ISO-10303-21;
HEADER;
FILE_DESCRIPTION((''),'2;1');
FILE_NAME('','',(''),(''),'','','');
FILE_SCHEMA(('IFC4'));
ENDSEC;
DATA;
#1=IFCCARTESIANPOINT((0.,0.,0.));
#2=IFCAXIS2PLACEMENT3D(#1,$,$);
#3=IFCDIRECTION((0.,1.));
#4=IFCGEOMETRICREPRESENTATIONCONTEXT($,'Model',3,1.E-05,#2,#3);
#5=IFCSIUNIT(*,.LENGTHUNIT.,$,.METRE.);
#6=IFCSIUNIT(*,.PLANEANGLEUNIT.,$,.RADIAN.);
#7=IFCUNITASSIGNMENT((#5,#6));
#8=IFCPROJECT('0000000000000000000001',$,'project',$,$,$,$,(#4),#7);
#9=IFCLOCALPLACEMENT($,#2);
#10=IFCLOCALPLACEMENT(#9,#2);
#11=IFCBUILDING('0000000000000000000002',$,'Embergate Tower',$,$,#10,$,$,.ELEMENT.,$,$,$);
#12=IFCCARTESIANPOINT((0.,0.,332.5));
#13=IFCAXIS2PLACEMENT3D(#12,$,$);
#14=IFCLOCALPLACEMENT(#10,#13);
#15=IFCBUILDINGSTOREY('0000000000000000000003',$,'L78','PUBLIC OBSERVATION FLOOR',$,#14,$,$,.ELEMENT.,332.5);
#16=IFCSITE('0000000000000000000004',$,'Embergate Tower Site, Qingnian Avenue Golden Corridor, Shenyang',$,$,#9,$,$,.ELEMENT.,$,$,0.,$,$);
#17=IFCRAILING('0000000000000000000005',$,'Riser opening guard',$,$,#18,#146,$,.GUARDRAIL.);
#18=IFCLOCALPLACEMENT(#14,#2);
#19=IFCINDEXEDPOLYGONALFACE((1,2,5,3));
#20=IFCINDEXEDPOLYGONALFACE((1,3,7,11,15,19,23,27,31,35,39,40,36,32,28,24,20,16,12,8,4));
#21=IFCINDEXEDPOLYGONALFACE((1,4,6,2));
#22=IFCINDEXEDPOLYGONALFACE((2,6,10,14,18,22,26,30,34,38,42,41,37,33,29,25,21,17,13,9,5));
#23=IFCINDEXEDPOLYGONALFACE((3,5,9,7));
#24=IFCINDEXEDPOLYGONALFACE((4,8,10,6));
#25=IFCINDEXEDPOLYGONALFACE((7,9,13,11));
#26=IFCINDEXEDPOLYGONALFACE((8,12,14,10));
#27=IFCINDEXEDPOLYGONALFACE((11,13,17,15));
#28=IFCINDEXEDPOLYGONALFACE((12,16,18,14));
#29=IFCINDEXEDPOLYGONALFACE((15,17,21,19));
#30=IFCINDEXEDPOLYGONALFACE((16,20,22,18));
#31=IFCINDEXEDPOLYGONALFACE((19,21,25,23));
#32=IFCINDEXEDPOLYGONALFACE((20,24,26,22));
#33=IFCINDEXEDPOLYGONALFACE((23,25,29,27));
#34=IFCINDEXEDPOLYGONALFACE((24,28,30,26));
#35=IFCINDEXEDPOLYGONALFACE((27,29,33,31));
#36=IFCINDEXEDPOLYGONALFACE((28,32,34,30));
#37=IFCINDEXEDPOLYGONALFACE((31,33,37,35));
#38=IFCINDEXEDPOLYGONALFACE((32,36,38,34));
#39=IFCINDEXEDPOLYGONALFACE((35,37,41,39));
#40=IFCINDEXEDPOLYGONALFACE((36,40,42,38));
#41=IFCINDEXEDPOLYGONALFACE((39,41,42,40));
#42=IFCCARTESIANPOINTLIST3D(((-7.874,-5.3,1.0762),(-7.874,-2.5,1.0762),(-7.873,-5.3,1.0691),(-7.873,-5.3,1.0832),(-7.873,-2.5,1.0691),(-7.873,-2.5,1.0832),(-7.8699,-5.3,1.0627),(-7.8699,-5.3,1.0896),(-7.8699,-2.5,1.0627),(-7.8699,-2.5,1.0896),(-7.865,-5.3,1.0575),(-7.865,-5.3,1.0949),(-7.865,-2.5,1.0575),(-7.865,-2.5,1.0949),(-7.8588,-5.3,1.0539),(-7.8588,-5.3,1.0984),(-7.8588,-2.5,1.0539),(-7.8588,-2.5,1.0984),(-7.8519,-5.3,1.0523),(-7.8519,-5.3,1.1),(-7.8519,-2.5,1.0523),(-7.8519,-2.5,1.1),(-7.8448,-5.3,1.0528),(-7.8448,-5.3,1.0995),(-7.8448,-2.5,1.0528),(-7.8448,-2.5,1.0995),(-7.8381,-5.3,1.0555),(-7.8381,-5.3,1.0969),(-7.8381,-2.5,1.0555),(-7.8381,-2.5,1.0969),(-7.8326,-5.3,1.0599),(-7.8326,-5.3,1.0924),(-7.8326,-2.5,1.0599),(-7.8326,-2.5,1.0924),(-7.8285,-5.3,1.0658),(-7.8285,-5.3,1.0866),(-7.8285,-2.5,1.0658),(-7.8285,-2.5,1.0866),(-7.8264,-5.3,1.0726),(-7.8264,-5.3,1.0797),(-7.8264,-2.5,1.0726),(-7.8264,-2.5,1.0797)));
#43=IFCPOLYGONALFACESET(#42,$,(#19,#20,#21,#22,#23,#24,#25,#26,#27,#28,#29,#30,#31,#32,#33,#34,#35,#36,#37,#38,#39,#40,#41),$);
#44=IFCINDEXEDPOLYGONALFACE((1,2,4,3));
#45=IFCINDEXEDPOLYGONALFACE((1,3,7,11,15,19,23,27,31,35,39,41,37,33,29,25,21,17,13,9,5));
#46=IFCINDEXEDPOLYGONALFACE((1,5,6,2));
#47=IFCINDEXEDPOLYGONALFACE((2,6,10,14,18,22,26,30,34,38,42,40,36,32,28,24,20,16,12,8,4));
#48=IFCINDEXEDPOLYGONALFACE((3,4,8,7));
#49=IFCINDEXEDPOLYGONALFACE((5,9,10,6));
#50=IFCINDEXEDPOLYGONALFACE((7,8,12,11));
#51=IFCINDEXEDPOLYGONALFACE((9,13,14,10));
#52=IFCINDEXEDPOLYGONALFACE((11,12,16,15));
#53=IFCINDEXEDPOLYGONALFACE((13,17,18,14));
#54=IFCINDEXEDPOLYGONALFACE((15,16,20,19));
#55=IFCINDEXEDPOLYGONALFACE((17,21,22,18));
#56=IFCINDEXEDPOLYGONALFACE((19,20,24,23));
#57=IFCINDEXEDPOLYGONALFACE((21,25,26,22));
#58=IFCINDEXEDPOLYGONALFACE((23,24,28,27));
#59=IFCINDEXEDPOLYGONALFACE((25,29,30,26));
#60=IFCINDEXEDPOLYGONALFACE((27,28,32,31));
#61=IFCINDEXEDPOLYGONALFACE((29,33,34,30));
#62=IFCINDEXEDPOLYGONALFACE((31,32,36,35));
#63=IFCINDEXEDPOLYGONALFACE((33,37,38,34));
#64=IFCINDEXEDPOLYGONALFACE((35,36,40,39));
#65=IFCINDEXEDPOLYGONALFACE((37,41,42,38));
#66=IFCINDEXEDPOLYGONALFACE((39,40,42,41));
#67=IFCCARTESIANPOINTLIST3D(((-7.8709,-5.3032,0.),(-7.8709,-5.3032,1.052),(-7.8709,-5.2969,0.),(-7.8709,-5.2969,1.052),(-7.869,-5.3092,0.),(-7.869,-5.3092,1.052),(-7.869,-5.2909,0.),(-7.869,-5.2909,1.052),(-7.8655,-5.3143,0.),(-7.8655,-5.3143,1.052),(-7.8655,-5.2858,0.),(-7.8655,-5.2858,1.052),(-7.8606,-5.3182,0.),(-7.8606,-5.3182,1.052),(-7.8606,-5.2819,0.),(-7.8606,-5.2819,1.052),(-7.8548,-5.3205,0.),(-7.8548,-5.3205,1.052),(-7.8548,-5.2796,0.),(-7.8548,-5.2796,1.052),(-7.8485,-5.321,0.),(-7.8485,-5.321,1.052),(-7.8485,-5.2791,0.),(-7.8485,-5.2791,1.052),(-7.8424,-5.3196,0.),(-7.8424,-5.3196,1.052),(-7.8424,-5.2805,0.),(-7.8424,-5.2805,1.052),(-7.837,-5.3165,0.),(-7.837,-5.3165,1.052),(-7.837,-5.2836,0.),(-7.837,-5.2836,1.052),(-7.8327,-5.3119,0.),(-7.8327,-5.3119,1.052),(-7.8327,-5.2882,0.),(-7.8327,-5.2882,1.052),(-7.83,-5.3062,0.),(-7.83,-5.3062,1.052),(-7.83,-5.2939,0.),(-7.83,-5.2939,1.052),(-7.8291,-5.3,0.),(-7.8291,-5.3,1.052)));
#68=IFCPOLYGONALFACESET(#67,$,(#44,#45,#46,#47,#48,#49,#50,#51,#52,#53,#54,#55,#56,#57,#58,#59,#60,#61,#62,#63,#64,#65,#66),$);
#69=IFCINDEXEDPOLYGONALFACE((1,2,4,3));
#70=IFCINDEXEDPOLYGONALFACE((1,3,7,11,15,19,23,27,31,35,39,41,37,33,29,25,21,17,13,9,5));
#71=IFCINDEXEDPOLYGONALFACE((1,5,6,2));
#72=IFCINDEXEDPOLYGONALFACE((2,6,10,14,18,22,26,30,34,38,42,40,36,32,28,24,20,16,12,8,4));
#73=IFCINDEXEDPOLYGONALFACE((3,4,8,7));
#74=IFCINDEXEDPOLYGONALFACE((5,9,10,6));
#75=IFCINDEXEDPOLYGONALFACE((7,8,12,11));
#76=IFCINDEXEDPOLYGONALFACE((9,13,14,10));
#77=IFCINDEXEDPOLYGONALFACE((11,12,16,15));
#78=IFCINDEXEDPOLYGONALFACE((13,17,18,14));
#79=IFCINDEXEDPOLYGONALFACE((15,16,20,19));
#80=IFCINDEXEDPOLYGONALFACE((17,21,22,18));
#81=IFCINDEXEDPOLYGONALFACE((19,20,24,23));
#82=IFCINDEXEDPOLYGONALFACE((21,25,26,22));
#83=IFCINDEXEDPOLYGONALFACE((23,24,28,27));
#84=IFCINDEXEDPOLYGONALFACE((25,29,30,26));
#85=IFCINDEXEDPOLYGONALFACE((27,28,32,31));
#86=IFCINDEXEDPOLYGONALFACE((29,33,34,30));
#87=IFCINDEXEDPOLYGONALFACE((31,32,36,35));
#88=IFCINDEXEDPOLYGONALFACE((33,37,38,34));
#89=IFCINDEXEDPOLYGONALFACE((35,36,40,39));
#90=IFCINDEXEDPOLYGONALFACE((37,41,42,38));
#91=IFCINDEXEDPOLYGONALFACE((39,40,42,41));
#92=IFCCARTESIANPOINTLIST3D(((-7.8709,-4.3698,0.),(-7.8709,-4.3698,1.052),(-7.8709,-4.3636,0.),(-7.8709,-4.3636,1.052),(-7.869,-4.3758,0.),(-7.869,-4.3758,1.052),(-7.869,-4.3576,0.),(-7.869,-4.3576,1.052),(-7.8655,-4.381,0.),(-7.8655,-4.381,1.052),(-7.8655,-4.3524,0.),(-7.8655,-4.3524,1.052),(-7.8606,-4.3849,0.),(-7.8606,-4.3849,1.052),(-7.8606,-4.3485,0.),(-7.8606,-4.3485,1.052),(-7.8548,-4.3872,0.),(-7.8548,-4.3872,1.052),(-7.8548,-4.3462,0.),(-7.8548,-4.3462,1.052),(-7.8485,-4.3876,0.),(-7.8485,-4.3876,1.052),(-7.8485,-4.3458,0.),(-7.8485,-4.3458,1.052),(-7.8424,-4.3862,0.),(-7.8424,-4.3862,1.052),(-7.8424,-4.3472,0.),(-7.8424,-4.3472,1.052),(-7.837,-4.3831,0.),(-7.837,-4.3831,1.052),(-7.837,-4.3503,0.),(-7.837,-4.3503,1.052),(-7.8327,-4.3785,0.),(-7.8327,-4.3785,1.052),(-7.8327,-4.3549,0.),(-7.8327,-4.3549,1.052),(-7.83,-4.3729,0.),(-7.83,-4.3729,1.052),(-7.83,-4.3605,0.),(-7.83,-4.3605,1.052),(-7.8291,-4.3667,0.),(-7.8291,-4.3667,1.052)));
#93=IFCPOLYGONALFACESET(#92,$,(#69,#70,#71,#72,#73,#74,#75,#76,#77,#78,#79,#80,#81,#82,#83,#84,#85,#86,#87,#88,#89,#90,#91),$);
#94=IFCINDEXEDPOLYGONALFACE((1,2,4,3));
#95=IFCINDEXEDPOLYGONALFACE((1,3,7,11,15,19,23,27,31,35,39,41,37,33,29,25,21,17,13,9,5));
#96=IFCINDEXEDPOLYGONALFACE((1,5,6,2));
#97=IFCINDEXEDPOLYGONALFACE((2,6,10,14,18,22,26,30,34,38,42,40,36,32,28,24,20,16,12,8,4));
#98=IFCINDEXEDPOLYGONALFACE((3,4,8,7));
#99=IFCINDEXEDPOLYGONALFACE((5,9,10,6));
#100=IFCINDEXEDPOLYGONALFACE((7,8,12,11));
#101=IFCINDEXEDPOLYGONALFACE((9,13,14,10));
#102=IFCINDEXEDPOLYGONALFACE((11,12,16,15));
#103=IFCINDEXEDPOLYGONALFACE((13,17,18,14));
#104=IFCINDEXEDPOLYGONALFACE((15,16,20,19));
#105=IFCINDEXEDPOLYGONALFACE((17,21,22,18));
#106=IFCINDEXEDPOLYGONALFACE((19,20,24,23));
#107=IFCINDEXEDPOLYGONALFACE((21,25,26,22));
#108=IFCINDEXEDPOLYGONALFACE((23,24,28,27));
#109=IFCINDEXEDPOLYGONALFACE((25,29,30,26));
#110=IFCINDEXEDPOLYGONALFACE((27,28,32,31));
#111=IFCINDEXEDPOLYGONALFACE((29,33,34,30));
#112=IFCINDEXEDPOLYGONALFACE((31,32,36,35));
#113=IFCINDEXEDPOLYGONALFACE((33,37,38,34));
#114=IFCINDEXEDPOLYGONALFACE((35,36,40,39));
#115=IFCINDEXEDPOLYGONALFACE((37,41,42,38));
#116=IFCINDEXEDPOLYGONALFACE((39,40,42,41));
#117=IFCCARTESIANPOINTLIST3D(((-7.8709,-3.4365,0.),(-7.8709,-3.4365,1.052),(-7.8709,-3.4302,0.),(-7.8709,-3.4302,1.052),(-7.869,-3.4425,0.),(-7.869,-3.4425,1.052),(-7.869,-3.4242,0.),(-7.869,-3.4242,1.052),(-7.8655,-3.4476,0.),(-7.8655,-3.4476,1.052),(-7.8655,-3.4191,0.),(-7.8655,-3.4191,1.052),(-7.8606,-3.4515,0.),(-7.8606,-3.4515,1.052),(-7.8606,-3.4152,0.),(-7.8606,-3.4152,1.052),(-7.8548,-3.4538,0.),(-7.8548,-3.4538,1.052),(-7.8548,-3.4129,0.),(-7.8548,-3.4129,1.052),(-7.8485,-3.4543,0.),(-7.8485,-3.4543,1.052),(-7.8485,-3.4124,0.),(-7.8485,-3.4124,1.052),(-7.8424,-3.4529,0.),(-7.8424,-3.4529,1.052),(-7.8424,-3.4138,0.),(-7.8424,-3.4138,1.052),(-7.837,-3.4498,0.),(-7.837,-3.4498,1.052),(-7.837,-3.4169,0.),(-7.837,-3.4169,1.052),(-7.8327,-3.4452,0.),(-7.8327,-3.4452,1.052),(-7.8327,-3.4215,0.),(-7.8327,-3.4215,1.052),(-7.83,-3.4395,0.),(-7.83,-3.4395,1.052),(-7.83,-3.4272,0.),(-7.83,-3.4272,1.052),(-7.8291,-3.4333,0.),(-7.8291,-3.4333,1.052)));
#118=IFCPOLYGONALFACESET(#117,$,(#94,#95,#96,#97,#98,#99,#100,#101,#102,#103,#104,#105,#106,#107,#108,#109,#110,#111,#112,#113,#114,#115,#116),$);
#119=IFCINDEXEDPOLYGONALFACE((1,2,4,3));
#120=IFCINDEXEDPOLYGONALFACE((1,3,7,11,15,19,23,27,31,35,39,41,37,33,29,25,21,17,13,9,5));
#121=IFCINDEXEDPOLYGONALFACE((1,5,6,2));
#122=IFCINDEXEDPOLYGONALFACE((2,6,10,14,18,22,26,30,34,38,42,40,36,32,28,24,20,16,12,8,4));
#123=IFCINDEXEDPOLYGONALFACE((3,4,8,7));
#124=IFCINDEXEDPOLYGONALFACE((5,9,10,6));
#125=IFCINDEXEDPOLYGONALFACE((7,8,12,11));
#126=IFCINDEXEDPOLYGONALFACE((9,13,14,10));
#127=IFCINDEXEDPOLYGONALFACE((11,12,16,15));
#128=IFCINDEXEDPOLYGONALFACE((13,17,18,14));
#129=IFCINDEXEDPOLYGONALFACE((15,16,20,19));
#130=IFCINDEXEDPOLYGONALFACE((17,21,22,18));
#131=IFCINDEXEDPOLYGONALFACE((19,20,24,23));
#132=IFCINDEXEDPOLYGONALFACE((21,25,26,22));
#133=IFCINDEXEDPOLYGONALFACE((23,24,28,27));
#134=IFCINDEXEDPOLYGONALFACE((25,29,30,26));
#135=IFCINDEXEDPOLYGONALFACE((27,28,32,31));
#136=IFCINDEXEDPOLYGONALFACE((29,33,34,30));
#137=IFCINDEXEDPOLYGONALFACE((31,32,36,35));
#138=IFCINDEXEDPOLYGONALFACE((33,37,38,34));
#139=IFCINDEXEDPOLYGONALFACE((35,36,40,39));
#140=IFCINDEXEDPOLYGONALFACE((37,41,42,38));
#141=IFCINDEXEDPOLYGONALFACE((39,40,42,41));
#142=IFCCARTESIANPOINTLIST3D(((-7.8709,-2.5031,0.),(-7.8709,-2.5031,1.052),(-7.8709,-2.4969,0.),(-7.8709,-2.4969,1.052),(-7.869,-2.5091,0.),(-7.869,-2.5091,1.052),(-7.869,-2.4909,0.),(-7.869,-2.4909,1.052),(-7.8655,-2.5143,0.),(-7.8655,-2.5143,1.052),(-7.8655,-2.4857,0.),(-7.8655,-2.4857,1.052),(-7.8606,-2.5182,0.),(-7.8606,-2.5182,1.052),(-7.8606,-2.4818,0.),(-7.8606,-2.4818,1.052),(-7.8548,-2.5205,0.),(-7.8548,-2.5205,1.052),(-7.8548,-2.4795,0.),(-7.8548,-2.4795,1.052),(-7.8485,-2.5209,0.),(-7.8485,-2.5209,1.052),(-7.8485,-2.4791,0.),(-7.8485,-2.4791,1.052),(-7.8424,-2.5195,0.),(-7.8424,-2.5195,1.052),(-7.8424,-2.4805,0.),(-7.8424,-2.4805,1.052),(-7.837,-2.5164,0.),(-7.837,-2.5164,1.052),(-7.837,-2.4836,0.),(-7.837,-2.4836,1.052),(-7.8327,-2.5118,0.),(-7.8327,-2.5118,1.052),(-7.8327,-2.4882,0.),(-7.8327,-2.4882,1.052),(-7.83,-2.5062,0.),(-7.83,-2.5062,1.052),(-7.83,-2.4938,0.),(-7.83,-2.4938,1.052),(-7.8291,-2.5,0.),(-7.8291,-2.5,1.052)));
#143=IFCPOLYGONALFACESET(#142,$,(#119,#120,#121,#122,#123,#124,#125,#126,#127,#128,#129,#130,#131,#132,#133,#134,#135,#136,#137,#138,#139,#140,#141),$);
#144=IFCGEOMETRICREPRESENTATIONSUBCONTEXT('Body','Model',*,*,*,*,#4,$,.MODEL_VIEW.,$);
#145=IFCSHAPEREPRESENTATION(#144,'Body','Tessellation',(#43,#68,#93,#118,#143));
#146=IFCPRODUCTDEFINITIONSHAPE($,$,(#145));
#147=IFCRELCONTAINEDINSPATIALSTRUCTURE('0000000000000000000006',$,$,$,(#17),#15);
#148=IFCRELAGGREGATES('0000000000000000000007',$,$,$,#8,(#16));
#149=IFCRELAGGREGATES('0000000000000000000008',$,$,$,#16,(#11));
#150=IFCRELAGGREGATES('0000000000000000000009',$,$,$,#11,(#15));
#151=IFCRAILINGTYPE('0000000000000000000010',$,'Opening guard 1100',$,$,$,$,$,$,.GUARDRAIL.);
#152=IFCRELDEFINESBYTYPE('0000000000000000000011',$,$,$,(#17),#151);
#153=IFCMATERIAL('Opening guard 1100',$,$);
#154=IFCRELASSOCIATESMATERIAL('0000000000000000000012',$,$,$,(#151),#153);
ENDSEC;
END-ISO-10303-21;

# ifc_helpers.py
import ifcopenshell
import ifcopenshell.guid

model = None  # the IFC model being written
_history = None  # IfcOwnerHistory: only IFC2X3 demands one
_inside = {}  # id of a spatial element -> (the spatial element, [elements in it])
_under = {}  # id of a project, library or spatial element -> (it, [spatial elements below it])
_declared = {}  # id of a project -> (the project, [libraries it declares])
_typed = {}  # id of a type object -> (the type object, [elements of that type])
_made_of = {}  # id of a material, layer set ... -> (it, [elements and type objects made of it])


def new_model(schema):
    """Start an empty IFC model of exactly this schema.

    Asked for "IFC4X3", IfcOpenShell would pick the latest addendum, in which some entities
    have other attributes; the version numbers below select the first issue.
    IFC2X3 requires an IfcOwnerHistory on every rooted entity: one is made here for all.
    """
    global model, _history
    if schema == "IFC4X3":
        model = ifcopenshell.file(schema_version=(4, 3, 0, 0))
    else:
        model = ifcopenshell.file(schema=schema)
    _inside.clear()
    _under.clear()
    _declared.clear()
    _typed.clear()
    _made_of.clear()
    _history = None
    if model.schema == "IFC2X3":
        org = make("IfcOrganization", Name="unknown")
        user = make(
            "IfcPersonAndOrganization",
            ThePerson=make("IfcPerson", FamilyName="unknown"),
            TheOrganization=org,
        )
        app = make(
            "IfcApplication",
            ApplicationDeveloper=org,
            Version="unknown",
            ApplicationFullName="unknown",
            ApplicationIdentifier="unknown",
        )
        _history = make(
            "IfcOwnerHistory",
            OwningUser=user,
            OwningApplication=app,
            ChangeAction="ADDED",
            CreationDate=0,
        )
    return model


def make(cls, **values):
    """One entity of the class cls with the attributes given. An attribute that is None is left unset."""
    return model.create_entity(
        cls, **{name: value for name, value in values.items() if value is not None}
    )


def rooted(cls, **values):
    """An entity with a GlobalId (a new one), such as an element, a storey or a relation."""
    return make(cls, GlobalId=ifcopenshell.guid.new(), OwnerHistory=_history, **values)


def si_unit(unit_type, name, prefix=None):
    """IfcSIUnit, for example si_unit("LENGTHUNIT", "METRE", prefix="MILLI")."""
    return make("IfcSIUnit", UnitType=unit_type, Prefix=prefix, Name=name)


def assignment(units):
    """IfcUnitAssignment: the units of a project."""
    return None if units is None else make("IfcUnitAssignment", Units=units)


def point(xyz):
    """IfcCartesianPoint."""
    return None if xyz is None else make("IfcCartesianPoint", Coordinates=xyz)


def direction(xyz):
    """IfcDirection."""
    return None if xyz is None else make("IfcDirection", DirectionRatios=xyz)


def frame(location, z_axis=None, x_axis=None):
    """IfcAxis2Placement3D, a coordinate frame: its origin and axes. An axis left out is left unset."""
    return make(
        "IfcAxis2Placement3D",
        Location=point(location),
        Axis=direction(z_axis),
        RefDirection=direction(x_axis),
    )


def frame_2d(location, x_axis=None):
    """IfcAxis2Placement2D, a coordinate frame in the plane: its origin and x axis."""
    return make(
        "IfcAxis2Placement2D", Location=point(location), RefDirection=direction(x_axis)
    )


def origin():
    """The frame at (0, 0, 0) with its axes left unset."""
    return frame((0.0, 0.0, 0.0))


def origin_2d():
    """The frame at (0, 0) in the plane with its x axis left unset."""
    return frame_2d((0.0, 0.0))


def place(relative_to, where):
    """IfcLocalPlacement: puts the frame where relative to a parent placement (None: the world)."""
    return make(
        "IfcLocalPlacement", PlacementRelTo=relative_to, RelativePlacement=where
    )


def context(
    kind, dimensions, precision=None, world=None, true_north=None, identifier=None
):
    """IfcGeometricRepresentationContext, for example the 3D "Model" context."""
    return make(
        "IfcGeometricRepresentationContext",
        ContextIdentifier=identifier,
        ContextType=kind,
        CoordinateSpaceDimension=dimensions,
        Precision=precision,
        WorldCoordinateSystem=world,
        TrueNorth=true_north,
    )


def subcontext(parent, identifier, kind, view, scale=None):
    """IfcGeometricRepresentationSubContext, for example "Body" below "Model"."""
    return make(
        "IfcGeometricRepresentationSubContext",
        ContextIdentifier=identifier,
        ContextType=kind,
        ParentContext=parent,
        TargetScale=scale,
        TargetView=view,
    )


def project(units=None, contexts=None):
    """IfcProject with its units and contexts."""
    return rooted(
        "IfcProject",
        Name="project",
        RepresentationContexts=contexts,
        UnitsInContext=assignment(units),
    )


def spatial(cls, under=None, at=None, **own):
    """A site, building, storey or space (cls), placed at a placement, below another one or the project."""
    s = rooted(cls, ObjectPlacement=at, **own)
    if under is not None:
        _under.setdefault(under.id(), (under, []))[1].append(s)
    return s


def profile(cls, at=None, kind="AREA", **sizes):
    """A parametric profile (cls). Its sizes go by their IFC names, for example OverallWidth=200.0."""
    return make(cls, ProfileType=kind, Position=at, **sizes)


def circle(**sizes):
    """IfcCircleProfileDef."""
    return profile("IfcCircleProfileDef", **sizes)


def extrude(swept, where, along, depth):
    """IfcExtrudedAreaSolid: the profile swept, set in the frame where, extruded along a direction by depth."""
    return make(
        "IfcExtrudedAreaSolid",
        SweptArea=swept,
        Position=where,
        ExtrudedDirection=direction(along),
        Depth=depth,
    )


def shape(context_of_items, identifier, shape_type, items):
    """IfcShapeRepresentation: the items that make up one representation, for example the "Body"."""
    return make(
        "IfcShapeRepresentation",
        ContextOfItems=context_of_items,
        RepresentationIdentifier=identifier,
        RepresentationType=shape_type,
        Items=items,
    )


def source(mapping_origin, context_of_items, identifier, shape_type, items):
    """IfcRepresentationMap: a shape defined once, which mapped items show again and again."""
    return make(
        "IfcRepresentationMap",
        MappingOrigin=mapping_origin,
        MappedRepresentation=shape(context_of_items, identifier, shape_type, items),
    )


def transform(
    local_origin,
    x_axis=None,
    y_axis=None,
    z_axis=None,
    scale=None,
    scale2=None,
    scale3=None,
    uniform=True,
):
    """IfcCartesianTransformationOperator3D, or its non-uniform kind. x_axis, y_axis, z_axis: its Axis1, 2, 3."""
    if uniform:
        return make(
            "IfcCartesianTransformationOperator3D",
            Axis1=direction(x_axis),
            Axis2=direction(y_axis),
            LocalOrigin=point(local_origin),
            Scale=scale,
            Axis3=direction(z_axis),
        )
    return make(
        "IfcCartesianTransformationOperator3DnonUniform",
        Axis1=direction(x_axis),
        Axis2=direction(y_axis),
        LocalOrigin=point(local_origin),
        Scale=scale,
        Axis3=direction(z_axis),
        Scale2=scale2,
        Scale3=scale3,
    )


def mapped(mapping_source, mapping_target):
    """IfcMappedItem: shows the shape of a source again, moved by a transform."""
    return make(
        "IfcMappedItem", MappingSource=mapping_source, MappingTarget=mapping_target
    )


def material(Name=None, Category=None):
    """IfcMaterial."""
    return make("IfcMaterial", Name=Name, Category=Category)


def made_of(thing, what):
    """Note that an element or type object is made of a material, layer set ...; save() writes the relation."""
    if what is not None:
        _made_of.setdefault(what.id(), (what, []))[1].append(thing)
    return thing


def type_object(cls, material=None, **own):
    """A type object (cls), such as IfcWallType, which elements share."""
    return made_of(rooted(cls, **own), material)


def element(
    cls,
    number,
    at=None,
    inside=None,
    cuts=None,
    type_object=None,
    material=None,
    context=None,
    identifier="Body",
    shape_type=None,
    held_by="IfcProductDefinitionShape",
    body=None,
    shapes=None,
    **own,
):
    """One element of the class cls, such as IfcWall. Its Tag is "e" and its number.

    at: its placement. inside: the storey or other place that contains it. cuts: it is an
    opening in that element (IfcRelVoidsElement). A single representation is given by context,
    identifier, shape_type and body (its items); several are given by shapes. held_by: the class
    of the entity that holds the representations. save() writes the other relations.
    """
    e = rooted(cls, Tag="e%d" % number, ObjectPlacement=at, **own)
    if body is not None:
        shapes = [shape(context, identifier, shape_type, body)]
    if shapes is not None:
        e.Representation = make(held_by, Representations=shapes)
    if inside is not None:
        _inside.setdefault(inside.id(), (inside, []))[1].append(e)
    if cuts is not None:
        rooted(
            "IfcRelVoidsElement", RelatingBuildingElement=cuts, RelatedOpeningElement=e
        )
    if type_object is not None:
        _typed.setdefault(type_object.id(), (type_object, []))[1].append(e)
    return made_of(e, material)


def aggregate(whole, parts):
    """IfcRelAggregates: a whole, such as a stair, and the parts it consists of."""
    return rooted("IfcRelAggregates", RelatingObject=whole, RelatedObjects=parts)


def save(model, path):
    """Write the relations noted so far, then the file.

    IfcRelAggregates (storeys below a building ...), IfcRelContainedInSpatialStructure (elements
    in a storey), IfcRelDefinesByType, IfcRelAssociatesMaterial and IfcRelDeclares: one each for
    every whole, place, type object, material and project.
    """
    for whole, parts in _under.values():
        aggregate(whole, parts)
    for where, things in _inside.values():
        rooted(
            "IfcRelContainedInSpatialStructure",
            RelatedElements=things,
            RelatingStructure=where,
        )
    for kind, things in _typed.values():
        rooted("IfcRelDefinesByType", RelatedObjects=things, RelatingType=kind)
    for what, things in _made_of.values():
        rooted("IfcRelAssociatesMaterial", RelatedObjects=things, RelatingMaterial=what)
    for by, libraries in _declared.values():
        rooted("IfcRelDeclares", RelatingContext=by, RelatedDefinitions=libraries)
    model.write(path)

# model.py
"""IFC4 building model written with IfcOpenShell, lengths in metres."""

from ifc_helpers import new_model, si_unit, direction, frame, origin, origin_2d, place, context, subcontext, project, spatial, circle, extrude, source, transform, mapped, material, type_object, element, save


model = new_model("IFC4")

# Units and contexts
model_context = context("Model", 3, precision=1e-05, world=origin(), true_north=direction((0.0, 1.0)))
body_context = subcontext(model_context, "Body", "Model", "MODEL_VIEW")
ifc_project = project(units=[si_unit("LENGTHUNIT", "METRE"), si_unit("PLANEANGLEUNIT", "RADIAN")], contexts=[model_context])

# Site, building, storey
site_placement = place(None, origin())
site = spatial("IfcSite", under=ifc_project, at=site_placement, Name="Embergate Tower Site, Qingnian Avenue Golden Corridor, Shenyang", CompositionType="ELEMENT", RefElevation=0.0)
building_placement = place(site_placement, origin())
building = spatial("IfcBuilding", under=site, at=building_placement, Name="Embergate Tower", CompositionType="ELEMENT")
storey_placement = place(building_placement, frame((0.0, 0.0, 332.5)))
storey = spatial("IfcBuildingStorey", under=building, at=storey_placement, Name="L78", Description="PUBLIC OBSERVATION FLOOR", CompositionType="ELEMENT", Elevation=332.5)

# Railing
ifc_material_1 = material(Name="Opening guard 1100")
railing_type_1 = type_object("IfcRailingType", Name="Opening guard 1100", PredefinedType="GUARDRAIL", material=ifc_material_1)
shared_shape_1 = source(origin(), body_context, "Body", "SweptSolid", [
    extrude(circle(Radius=0.0239, at=origin_2d()), frame((0.0, 0.0, 1.0762), z_axis=(0.0, 1.0, 0.0), x_axis=(-1.0, 0.0, 0.0)), (0.0, 0.0, 1.0), 2.8),
    extrude(circle(Radius=0.021, at=origin_2d()), origin(), (0.0, 0.0, 1.0), 1.052),
    extrude(circle(Radius=0.021, at=origin_2d()), frame((0.0, 0.9333, 0.0)), (0.0, 0.0, 1.0), 1.052),
    extrude(circle(Radius=0.021, at=origin_2d()), frame((0.0, 1.8667, 0.0)), (0.0, 0.0, 1.0), 1.052),
    extrude(circle(Radius=0.021, at=origin_2d()), frame((0.0, 2.8, 0.0)), (0.0, 0.0, 1.0), 1.052),
])
railing_1_placement = place(storey_placement, frame((-7.8501, -5.3, 0.0)))
element("IfcRailing", 1, at=railing_1_placement, inside=storey, type_object=railing_type_1, Name="Riser opening guard", PredefinedType="GUARDRAIL", context=body_context, shape_type="MappedRepresentation", body=[
    mapped(shared_shape_1, transform((0.0, 0.0, 0.0))),
])

save(model, "model.ifc")
